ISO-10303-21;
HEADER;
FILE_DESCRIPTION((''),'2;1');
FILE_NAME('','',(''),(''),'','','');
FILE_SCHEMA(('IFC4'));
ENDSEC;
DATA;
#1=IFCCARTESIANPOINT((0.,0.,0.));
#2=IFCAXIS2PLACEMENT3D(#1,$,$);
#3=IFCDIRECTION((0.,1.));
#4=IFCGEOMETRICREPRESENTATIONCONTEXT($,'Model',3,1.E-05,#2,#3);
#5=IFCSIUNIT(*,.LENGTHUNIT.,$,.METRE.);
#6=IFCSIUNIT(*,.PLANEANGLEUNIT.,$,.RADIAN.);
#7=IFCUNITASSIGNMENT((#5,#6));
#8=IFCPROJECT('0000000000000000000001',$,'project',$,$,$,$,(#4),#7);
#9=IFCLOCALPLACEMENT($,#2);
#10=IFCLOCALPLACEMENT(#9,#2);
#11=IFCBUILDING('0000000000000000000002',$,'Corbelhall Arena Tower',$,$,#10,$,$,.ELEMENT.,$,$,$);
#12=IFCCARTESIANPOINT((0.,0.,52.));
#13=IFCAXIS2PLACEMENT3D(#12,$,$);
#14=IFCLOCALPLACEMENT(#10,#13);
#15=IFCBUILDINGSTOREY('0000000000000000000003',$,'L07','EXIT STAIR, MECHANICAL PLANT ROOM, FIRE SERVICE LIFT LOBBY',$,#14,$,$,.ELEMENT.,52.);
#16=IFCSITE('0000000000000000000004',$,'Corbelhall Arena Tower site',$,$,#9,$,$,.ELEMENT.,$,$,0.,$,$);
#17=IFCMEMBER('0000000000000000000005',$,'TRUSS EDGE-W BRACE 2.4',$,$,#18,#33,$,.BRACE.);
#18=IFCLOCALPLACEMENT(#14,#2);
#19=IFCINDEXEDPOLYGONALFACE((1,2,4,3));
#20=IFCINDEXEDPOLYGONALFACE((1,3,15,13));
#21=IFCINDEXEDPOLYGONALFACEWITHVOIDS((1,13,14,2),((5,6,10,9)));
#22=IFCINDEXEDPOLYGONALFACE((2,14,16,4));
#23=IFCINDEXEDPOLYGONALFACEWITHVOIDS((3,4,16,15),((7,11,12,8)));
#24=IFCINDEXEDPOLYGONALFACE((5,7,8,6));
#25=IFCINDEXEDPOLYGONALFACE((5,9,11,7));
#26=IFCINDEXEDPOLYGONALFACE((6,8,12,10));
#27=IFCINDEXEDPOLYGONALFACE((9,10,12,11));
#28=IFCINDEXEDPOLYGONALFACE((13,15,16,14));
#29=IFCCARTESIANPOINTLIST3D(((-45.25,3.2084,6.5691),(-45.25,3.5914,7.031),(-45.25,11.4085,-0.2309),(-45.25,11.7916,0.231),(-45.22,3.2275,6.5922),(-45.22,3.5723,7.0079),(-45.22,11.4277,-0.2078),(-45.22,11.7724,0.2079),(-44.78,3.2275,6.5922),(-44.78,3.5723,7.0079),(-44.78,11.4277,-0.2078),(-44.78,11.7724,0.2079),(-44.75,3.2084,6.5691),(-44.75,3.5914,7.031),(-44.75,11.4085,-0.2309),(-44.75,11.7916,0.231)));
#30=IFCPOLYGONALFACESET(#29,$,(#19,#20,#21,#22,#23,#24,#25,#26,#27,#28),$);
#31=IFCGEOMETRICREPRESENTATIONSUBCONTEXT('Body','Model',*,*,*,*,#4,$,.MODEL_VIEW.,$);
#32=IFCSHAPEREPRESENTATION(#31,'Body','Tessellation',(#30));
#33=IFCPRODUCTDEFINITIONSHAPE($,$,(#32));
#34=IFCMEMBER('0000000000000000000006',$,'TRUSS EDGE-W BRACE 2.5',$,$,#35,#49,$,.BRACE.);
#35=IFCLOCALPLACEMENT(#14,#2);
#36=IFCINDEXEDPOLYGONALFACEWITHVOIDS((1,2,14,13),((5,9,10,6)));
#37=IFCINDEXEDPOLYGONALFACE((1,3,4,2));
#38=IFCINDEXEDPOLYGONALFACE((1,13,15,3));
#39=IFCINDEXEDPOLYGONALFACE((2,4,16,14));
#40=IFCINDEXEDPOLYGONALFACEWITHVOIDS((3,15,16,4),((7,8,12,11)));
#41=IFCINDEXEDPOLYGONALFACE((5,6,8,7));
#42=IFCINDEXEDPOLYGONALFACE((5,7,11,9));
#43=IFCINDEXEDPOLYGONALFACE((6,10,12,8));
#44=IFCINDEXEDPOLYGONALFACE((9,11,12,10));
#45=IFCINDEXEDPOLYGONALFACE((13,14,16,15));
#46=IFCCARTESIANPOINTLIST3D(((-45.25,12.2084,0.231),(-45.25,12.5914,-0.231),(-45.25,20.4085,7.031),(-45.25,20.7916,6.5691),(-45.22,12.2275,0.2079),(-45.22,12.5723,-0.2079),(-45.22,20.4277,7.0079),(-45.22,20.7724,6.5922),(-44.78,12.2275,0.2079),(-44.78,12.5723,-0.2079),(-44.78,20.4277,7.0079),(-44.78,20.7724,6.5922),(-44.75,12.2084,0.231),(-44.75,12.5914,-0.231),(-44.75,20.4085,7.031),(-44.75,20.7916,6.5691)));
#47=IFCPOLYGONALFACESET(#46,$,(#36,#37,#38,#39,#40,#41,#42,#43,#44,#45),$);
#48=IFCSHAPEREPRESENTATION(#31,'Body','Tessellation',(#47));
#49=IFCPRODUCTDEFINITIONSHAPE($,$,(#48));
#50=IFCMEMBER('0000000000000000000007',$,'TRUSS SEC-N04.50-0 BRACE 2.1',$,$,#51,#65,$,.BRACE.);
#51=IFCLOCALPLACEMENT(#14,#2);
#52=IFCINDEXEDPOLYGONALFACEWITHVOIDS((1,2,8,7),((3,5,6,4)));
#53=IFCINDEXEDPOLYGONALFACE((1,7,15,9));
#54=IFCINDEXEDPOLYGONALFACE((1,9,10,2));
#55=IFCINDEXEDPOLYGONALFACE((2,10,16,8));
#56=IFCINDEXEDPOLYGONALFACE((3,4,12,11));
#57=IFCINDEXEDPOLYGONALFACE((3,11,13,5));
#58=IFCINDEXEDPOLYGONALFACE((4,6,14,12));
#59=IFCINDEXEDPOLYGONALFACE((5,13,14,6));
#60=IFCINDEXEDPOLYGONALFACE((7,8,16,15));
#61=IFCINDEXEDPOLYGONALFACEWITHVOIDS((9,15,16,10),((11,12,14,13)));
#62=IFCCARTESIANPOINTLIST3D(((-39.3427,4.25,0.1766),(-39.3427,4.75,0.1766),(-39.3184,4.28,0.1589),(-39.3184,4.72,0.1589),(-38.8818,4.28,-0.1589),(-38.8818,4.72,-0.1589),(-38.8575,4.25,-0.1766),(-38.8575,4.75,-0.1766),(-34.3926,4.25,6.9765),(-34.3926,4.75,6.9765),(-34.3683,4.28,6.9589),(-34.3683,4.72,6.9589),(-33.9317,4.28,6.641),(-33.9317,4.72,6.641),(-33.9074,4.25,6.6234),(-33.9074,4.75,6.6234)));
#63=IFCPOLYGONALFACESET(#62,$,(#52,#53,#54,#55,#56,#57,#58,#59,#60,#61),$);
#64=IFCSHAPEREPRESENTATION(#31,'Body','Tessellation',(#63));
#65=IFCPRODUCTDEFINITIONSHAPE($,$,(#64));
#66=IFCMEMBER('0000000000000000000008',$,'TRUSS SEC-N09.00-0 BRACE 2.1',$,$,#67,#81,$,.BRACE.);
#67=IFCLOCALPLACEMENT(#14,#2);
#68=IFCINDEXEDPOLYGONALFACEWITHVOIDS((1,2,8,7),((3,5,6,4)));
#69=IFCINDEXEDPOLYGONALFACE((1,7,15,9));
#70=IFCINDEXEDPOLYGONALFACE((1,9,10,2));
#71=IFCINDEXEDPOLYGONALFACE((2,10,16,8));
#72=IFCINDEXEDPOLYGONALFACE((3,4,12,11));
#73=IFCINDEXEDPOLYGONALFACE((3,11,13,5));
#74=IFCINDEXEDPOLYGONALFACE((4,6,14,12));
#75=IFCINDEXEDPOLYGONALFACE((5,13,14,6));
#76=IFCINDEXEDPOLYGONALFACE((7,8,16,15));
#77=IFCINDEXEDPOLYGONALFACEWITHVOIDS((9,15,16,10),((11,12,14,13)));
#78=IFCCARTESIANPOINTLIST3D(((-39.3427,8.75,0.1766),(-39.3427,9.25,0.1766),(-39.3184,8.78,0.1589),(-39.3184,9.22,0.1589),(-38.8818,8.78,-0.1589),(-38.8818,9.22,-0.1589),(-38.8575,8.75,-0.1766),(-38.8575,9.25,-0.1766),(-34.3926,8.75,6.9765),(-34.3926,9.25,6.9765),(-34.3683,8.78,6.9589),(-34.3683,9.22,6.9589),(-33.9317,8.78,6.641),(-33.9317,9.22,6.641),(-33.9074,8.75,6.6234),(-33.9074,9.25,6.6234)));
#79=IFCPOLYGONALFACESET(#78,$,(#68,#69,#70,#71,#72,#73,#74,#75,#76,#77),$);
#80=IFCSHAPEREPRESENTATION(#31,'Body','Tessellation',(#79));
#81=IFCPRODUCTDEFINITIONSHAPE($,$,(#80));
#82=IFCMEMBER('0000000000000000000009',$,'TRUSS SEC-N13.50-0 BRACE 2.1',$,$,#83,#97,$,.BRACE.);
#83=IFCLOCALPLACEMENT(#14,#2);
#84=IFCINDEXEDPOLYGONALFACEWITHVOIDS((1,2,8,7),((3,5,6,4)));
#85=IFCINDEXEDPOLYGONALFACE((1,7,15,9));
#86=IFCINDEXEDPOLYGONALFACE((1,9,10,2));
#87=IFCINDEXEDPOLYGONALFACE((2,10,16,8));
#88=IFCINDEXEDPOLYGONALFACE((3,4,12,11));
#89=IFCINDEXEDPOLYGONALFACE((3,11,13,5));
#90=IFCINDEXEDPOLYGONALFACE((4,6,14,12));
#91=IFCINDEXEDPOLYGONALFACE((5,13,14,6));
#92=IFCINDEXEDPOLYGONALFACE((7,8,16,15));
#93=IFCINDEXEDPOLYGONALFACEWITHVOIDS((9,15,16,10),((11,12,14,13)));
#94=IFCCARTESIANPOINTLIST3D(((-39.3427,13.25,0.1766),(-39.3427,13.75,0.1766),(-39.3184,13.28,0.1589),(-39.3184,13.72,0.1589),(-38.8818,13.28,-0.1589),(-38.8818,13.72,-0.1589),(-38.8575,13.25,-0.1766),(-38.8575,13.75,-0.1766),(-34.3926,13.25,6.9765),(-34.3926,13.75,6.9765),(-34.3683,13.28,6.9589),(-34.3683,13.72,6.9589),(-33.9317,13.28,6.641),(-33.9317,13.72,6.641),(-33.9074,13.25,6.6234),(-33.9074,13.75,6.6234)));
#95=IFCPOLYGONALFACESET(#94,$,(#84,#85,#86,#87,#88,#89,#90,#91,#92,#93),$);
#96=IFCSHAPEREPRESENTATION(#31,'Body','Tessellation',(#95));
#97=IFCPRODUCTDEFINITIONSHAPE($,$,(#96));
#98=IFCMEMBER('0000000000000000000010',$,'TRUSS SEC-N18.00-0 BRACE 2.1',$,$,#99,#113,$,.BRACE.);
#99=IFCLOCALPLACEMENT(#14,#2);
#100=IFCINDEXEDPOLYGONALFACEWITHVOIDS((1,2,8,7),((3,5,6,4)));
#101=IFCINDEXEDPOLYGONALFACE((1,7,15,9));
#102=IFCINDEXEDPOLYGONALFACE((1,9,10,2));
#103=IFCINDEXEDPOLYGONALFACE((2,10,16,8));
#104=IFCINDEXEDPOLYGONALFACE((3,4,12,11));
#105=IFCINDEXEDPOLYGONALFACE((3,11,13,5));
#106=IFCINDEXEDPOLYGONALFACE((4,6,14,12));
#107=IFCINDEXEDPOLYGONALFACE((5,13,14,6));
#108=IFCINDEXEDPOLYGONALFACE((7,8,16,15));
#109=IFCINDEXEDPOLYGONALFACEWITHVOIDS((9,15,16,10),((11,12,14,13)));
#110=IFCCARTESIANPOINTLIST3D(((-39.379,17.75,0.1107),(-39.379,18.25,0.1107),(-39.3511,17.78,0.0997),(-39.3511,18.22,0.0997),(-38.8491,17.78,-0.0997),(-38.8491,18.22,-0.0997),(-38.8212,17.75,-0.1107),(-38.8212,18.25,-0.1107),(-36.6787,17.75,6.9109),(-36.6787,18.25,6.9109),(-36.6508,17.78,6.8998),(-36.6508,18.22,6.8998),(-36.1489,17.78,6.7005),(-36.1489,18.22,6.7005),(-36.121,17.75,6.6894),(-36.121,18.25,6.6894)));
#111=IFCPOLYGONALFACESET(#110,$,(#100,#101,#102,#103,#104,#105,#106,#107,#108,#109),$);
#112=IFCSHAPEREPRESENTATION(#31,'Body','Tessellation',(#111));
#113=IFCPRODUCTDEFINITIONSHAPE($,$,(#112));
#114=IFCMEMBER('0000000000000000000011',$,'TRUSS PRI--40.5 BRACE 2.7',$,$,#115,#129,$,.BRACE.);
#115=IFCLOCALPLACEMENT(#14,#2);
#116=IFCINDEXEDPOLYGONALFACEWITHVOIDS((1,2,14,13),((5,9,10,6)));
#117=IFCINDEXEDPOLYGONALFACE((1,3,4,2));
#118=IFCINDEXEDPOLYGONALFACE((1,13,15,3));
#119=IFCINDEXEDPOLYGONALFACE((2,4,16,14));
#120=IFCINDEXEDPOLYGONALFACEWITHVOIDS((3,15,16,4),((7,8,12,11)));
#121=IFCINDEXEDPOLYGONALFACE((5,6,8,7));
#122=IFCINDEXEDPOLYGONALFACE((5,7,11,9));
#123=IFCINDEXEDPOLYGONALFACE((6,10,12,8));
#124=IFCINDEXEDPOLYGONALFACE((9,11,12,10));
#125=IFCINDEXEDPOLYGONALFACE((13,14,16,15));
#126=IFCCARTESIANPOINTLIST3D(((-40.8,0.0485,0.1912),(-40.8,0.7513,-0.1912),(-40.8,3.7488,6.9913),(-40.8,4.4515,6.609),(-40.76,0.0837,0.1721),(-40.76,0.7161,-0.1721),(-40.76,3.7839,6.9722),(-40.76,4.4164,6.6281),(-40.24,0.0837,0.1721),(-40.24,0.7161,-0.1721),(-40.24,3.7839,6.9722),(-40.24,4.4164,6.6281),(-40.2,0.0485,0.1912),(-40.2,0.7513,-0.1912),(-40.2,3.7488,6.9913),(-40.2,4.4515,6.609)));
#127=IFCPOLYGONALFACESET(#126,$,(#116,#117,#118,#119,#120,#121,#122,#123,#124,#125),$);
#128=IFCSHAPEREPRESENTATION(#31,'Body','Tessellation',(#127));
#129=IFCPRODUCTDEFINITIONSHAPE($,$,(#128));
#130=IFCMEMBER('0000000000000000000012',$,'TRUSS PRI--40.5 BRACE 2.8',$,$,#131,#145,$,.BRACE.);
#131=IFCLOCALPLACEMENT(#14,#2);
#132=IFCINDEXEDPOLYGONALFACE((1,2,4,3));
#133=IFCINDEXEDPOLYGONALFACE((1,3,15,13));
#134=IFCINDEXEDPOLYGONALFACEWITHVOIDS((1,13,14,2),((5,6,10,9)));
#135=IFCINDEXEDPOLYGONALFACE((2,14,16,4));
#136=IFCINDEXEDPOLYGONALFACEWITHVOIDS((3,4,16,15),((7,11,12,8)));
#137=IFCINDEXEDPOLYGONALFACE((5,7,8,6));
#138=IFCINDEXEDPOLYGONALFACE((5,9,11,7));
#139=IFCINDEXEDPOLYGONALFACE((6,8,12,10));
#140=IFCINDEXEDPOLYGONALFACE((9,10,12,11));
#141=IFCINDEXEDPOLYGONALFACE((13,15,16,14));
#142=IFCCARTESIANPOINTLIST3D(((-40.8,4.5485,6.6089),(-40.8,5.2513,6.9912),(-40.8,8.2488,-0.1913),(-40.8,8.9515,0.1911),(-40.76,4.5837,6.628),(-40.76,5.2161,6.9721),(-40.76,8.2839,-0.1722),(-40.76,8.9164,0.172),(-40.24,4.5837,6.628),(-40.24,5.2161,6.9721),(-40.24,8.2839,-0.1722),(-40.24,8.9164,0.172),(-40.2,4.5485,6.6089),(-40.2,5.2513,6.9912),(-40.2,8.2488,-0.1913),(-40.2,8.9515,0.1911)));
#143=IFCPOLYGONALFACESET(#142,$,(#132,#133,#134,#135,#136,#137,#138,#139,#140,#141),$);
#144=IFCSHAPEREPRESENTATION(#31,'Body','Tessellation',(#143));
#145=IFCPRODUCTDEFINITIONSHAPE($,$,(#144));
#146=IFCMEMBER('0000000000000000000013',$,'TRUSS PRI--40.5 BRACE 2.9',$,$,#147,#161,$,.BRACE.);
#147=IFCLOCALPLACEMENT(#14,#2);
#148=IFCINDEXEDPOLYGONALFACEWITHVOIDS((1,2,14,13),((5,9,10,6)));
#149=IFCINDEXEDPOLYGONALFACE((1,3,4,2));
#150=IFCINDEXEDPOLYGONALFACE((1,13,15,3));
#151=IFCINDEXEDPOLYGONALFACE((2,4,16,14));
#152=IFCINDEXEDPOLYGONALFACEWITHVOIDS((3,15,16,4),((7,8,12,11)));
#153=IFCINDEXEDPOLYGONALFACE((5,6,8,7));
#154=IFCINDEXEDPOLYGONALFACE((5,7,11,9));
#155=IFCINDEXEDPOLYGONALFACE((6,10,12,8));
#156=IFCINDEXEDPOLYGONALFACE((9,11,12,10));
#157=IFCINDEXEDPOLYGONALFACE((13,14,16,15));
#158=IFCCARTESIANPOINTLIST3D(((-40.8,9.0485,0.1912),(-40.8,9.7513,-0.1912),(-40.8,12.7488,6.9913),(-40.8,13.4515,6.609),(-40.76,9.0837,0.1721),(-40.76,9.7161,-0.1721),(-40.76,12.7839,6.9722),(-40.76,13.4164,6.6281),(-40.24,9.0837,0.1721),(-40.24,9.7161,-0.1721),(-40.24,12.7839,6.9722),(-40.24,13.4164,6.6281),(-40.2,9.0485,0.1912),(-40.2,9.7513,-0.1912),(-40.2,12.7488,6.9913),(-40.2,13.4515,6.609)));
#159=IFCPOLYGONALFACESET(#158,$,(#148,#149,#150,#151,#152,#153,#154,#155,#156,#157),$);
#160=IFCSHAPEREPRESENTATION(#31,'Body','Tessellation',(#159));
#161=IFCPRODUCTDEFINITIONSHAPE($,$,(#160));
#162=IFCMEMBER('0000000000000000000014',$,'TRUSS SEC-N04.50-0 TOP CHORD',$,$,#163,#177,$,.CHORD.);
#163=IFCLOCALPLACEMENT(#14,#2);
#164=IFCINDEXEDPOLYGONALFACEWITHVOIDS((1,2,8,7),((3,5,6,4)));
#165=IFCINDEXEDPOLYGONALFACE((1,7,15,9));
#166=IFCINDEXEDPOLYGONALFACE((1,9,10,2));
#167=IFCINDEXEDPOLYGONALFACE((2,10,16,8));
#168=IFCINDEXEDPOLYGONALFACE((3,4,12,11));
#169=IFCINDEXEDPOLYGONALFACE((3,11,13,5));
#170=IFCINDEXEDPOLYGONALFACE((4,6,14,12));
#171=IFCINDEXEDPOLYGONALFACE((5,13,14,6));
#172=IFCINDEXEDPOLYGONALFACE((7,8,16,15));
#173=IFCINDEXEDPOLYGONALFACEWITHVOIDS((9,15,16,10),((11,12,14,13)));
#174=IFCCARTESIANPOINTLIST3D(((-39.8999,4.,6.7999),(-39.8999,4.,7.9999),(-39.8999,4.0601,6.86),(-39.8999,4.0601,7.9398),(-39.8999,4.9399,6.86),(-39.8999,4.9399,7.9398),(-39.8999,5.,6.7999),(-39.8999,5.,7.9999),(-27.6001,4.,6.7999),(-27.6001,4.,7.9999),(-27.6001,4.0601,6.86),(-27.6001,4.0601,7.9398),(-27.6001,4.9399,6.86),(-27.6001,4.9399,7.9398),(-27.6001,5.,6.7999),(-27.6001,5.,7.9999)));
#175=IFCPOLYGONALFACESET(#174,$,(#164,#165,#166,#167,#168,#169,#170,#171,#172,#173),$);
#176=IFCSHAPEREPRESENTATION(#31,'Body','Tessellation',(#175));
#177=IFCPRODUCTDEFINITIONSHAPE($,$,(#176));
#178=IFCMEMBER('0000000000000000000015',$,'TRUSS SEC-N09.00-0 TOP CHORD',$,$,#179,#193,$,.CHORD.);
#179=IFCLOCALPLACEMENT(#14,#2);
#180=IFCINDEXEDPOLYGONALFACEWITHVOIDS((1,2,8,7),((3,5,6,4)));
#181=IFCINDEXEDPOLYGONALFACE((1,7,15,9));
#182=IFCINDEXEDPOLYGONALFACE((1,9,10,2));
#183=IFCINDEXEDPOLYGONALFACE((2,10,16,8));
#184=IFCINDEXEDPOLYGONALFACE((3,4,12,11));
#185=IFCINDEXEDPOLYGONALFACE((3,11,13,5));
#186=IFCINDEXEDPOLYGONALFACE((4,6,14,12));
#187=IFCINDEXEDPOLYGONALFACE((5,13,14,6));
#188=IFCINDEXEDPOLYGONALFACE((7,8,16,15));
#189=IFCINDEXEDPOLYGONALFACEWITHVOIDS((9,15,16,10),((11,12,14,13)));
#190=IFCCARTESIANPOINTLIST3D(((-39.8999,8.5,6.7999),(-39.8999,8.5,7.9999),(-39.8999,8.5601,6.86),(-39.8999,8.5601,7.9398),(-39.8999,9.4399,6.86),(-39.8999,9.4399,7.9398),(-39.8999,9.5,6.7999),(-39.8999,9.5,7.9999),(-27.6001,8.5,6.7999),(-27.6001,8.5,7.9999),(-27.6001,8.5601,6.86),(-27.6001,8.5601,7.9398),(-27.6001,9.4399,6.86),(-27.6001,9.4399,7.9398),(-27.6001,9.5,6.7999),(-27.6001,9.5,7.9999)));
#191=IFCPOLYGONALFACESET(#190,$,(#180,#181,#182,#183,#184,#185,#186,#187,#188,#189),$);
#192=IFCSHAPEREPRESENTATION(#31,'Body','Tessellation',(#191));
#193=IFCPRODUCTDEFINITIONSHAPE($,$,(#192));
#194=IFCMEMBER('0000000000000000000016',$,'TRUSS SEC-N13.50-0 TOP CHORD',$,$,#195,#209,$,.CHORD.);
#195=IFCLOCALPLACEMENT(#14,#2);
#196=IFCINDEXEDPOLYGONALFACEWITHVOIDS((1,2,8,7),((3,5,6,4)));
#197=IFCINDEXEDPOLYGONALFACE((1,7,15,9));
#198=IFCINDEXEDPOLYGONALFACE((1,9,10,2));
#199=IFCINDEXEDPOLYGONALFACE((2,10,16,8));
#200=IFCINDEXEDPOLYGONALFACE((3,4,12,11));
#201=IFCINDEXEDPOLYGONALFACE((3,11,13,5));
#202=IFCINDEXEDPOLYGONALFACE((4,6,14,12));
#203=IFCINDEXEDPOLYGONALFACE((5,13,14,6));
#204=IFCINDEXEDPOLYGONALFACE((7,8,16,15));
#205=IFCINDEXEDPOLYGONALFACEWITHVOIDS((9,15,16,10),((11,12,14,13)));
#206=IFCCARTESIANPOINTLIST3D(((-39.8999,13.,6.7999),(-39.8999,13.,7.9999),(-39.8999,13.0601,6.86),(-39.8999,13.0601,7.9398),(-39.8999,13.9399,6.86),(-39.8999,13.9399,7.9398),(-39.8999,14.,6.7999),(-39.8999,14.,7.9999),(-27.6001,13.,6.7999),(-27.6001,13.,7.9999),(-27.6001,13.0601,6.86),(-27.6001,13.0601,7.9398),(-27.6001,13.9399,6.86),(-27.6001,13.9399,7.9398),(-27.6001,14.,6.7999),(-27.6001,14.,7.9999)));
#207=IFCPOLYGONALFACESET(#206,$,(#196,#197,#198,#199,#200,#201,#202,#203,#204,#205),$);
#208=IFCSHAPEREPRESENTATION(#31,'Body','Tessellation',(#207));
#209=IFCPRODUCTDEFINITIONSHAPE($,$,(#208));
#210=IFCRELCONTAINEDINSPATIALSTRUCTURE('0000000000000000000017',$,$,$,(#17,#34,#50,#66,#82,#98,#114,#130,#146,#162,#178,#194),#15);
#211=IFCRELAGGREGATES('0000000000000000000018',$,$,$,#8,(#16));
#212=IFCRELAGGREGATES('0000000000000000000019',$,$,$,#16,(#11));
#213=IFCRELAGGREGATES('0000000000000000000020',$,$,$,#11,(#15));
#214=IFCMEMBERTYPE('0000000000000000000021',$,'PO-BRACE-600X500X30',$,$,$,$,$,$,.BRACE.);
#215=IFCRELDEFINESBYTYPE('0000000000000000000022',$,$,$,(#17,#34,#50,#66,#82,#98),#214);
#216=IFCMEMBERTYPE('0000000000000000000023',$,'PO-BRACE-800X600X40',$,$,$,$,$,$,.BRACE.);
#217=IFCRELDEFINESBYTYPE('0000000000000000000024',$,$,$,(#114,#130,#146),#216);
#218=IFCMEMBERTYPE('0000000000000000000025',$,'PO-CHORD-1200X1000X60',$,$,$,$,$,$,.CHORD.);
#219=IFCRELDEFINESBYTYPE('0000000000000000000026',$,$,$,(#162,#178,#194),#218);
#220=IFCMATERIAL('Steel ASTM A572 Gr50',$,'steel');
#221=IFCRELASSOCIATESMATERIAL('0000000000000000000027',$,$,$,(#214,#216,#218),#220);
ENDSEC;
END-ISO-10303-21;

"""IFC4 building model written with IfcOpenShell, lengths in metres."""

from ifc_helpers import new_model, si_unit, direction, frame, origin, origin_2d, place, context, subcontext, project, spatial, hollow_rectangle, extrude, material, material_profile, profile_set, type_object, element, save


model = new_model("IFC4")

# Units and contexts
model_context = context("Model", 3, precision=1e-05, world=origin(), true_north=direction((0.0, 1.0)))
body_context = subcontext(model_context, "Body", "Model", "MODEL_VIEW")
ifc_project = project(units=[si_unit("LENGTHUNIT", "METRE"), si_unit("PLANEANGLEUNIT", "RADIAN")], contexts=[model_context])

# Site, building, storey
site_placement = place(None, origin())
site = spatial("IfcSite", under=ifc_project, at=site_placement, Name="Corbelhall Arena Tower site", CompositionType="ELEMENT", RefElevation=0.0)
building_placement = place(site_placement, origin())
building = spatial("IfcBuilding", under=site, at=building_placement, Name="Corbelhall Arena Tower", CompositionType="ELEMENT")
storey_placement = place(building_placement, frame((0.0, 0.0, 52.0)))
storey = spatial("IfcBuildingStorey", under=building, at=storey_placement, Name="L07", Description="EXIT STAIR, MECHANICAL PLANT ROOM, FIRE SERVICE LIFT LOBBY", CompositionType="ELEMENT", Elevation=52.0)

# Members
ifc_material_1 = material(Name="Steel ASTM A572 Gr50", Category="steel")
ifc_material_profile_1 = material_profile(ifc_material_1, hollow_rectangle(XDim=0.5, YDim=0.6001, WallThickness=0.03, at=origin_2d()))
ifc_profile_set_1 = profile_set([ifc_material_profile_1], Name="Steel ASTM A572 Gr50")
member_type_1 = type_object("IfcMemberType", Name="PO-BRACE-600X500X30", PredefinedType="BRACE", material=ifc_profile_set_1)
for number, where, z_axis, x_axis, name in (
    (1, (-45.0, 3.3999, 6.8), (0.0, 0.769763, -0.63833), (-1.0, 0.0, 0.0), "TRUSS EDGE-W BRACE 2.4"),
    (2, (-45.0, 12.3999, 0.0), (0.0, 0.769763, 0.63833), (-1.0, 0.0, 0.0), "TRUSS EDGE-W BRACE 2.5"),
):
    element("IfcMember", number, at=place(storey_placement, frame(where, z_axis=z_axis, x_axis=x_axis)), inside=storey, type_object=member_type_1, Name=name, PredefinedType="BRACE", context=body_context, shape_type="SweptSolid", body=[
        extrude(hollow_rectangle(XDim=0.5, YDim=0.6001, WallThickness=0.03, at=origin_2d()), origin(), (0.0, 0.0, 1.0), 10.6528),
    ])
for number, where, z_axis, x_axis, name in (
    (3, (-39.1001, 4.5, 0.0), (0.588538, 0.0, 0.80847), (0.0, 1.0, 0.0), "TRUSS SEC-N04.50-0 BRACE 2.1"),
    (4, (-39.1001, 9.0, 0.0), (0.588538, 0.0, 0.80847), (0.0, 1.0, 0.0), "TRUSS SEC-N09.00-0 BRACE 2.1"),
    (5, (-39.1001, 13.5, 0.0), (0.588538, 0.0, 0.80847), (0.0, 1.0, 0.0), "TRUSS SEC-N13.50-0 BRACE 2.1"),
):
    element("IfcMember", number, at=place(storey_placement, frame(where, z_axis=z_axis, x_axis=x_axis)), inside=storey, type_object=member_type_1, Name=name, PredefinedType="BRACE", context=body_context, shape_type="SweptSolid", body=[
        extrude(hollow_rectangle(XDim=0.5, YDim=0.6001, WallThickness=0.03, at=origin_2d()), origin(), (0.0, 0.0, 1.0), 8.4109),
    ])
member_placement = place(storey_placement, frame((-39.1001, 18.0, 0.0), z_axis=(0.369054, 0.0, 0.929408), x_axis=(0.0, 1.0, 0.0)))
element("IfcMember", 6, at=member_placement, inside=storey, type_object=member_type_1, Name="TRUSS SEC-N18.00-0 BRACE 2.1", PredefinedType="BRACE", context=body_context, shape_type="SweptSolid", body=[
    extrude(hollow_rectangle(XDim=0.5, YDim=0.6001, WallThickness=0.03, at=origin_2d()), origin(), (0.0, 0.0, 1.0), 7.3167),
])
ifc_material_profile_2 = material_profile(ifc_material_1, hollow_rectangle(XDim=0.6001, YDim=0.8, WallThickness=0.04, at=origin_2d()))
ifc_profile_set_2 = profile_set([ifc_material_profile_2], Name="Steel ASTM A572 Gr50")
member_type_2 = type_object("IfcMemberType", Name="PO-BRACE-800X600X40", PredefinedType="BRACE", material=ifc_profile_set_2)
for number, where, z_axis, x_axis, name in (
    (7, (-40.5, 0.3999, 0.0), (0.0, 0.477964, 0.87838), (-1.0, 0.0, 0.0), "TRUSS PRI--40.5 BRACE 2.7"),
    (8, (-40.5, 4.8999, 6.8), (0.0, 0.477964, -0.87838), (-1.0, 0.0, 0.0), "TRUSS PRI--40.5 BRACE 2.8"),
    (9, (-40.5, 9.3999, 0.0), (0.0, 0.477964, 0.87838), (-1.0, 0.0, 0.0), "TRUSS PRI--40.5 BRACE 2.9"),
):
    element("IfcMember", number, at=place(storey_placement, frame(where, z_axis=z_axis, x_axis=x_axis)), inside=storey, type_object=member_type_2, Name=name, PredefinedType="BRACE", context=body_context, shape_type="SweptSolid", body=[
        extrude(hollow_rectangle(XDim=0.6001, YDim=0.8, WallThickness=0.04, at=origin_2d()), origin(), (0.0, 0.0, 1.0), 7.7417),
    ])
ifc_material_profile_3 = material_profile(ifc_material_1, hollow_rectangle(XDim=1.0, YDim=1.2, WallThickness=0.0601, at=origin_2d()))
ifc_profile_set_3 = profile_set([ifc_material_profile_3], Name="Steel ASTM A572 Gr50")
member_type_3 = type_object("IfcMemberType", Name="PO-CHORD-1200X1000X60", PredefinedType="CHORD", material=ifc_profile_set_3)
for number, where, z_axis, x_axis, name in (
    (10, (-39.8999, 4.5, 7.3999), (1.0, 0.0, 0.0), (0.0, 1.0, 0.0), "TRUSS SEC-N04.50-0 TOP CHORD"),
    (11, (-39.8999, 9.0, 7.3999), (1.0, 0.0, 0.0), (0.0, 1.0, 0.0), "TRUSS SEC-N09.00-0 TOP CHORD"),
    (12, (-39.8999, 13.5, 7.3999), (1.0, 0.0, 0.0), (0.0, 1.0, 0.0), "TRUSS SEC-N13.50-0 TOP CHORD"),
):
    element("IfcMember", number, at=place(storey_placement, frame(where, z_axis=z_axis, x_axis=x_axis)), inside=storey, type_object=member_type_3, Name=name, PredefinedType="CHORD", context=body_context, shape_type="SweptSolid", body=[
        extrude(hollow_rectangle(XDim=1.0, YDim=1.2, WallThickness=0.0601, at=origin_2d()), origin(), (0.0, 0.0, 1.0), 12.2998),
    ])

save(model, "model.ifc")
